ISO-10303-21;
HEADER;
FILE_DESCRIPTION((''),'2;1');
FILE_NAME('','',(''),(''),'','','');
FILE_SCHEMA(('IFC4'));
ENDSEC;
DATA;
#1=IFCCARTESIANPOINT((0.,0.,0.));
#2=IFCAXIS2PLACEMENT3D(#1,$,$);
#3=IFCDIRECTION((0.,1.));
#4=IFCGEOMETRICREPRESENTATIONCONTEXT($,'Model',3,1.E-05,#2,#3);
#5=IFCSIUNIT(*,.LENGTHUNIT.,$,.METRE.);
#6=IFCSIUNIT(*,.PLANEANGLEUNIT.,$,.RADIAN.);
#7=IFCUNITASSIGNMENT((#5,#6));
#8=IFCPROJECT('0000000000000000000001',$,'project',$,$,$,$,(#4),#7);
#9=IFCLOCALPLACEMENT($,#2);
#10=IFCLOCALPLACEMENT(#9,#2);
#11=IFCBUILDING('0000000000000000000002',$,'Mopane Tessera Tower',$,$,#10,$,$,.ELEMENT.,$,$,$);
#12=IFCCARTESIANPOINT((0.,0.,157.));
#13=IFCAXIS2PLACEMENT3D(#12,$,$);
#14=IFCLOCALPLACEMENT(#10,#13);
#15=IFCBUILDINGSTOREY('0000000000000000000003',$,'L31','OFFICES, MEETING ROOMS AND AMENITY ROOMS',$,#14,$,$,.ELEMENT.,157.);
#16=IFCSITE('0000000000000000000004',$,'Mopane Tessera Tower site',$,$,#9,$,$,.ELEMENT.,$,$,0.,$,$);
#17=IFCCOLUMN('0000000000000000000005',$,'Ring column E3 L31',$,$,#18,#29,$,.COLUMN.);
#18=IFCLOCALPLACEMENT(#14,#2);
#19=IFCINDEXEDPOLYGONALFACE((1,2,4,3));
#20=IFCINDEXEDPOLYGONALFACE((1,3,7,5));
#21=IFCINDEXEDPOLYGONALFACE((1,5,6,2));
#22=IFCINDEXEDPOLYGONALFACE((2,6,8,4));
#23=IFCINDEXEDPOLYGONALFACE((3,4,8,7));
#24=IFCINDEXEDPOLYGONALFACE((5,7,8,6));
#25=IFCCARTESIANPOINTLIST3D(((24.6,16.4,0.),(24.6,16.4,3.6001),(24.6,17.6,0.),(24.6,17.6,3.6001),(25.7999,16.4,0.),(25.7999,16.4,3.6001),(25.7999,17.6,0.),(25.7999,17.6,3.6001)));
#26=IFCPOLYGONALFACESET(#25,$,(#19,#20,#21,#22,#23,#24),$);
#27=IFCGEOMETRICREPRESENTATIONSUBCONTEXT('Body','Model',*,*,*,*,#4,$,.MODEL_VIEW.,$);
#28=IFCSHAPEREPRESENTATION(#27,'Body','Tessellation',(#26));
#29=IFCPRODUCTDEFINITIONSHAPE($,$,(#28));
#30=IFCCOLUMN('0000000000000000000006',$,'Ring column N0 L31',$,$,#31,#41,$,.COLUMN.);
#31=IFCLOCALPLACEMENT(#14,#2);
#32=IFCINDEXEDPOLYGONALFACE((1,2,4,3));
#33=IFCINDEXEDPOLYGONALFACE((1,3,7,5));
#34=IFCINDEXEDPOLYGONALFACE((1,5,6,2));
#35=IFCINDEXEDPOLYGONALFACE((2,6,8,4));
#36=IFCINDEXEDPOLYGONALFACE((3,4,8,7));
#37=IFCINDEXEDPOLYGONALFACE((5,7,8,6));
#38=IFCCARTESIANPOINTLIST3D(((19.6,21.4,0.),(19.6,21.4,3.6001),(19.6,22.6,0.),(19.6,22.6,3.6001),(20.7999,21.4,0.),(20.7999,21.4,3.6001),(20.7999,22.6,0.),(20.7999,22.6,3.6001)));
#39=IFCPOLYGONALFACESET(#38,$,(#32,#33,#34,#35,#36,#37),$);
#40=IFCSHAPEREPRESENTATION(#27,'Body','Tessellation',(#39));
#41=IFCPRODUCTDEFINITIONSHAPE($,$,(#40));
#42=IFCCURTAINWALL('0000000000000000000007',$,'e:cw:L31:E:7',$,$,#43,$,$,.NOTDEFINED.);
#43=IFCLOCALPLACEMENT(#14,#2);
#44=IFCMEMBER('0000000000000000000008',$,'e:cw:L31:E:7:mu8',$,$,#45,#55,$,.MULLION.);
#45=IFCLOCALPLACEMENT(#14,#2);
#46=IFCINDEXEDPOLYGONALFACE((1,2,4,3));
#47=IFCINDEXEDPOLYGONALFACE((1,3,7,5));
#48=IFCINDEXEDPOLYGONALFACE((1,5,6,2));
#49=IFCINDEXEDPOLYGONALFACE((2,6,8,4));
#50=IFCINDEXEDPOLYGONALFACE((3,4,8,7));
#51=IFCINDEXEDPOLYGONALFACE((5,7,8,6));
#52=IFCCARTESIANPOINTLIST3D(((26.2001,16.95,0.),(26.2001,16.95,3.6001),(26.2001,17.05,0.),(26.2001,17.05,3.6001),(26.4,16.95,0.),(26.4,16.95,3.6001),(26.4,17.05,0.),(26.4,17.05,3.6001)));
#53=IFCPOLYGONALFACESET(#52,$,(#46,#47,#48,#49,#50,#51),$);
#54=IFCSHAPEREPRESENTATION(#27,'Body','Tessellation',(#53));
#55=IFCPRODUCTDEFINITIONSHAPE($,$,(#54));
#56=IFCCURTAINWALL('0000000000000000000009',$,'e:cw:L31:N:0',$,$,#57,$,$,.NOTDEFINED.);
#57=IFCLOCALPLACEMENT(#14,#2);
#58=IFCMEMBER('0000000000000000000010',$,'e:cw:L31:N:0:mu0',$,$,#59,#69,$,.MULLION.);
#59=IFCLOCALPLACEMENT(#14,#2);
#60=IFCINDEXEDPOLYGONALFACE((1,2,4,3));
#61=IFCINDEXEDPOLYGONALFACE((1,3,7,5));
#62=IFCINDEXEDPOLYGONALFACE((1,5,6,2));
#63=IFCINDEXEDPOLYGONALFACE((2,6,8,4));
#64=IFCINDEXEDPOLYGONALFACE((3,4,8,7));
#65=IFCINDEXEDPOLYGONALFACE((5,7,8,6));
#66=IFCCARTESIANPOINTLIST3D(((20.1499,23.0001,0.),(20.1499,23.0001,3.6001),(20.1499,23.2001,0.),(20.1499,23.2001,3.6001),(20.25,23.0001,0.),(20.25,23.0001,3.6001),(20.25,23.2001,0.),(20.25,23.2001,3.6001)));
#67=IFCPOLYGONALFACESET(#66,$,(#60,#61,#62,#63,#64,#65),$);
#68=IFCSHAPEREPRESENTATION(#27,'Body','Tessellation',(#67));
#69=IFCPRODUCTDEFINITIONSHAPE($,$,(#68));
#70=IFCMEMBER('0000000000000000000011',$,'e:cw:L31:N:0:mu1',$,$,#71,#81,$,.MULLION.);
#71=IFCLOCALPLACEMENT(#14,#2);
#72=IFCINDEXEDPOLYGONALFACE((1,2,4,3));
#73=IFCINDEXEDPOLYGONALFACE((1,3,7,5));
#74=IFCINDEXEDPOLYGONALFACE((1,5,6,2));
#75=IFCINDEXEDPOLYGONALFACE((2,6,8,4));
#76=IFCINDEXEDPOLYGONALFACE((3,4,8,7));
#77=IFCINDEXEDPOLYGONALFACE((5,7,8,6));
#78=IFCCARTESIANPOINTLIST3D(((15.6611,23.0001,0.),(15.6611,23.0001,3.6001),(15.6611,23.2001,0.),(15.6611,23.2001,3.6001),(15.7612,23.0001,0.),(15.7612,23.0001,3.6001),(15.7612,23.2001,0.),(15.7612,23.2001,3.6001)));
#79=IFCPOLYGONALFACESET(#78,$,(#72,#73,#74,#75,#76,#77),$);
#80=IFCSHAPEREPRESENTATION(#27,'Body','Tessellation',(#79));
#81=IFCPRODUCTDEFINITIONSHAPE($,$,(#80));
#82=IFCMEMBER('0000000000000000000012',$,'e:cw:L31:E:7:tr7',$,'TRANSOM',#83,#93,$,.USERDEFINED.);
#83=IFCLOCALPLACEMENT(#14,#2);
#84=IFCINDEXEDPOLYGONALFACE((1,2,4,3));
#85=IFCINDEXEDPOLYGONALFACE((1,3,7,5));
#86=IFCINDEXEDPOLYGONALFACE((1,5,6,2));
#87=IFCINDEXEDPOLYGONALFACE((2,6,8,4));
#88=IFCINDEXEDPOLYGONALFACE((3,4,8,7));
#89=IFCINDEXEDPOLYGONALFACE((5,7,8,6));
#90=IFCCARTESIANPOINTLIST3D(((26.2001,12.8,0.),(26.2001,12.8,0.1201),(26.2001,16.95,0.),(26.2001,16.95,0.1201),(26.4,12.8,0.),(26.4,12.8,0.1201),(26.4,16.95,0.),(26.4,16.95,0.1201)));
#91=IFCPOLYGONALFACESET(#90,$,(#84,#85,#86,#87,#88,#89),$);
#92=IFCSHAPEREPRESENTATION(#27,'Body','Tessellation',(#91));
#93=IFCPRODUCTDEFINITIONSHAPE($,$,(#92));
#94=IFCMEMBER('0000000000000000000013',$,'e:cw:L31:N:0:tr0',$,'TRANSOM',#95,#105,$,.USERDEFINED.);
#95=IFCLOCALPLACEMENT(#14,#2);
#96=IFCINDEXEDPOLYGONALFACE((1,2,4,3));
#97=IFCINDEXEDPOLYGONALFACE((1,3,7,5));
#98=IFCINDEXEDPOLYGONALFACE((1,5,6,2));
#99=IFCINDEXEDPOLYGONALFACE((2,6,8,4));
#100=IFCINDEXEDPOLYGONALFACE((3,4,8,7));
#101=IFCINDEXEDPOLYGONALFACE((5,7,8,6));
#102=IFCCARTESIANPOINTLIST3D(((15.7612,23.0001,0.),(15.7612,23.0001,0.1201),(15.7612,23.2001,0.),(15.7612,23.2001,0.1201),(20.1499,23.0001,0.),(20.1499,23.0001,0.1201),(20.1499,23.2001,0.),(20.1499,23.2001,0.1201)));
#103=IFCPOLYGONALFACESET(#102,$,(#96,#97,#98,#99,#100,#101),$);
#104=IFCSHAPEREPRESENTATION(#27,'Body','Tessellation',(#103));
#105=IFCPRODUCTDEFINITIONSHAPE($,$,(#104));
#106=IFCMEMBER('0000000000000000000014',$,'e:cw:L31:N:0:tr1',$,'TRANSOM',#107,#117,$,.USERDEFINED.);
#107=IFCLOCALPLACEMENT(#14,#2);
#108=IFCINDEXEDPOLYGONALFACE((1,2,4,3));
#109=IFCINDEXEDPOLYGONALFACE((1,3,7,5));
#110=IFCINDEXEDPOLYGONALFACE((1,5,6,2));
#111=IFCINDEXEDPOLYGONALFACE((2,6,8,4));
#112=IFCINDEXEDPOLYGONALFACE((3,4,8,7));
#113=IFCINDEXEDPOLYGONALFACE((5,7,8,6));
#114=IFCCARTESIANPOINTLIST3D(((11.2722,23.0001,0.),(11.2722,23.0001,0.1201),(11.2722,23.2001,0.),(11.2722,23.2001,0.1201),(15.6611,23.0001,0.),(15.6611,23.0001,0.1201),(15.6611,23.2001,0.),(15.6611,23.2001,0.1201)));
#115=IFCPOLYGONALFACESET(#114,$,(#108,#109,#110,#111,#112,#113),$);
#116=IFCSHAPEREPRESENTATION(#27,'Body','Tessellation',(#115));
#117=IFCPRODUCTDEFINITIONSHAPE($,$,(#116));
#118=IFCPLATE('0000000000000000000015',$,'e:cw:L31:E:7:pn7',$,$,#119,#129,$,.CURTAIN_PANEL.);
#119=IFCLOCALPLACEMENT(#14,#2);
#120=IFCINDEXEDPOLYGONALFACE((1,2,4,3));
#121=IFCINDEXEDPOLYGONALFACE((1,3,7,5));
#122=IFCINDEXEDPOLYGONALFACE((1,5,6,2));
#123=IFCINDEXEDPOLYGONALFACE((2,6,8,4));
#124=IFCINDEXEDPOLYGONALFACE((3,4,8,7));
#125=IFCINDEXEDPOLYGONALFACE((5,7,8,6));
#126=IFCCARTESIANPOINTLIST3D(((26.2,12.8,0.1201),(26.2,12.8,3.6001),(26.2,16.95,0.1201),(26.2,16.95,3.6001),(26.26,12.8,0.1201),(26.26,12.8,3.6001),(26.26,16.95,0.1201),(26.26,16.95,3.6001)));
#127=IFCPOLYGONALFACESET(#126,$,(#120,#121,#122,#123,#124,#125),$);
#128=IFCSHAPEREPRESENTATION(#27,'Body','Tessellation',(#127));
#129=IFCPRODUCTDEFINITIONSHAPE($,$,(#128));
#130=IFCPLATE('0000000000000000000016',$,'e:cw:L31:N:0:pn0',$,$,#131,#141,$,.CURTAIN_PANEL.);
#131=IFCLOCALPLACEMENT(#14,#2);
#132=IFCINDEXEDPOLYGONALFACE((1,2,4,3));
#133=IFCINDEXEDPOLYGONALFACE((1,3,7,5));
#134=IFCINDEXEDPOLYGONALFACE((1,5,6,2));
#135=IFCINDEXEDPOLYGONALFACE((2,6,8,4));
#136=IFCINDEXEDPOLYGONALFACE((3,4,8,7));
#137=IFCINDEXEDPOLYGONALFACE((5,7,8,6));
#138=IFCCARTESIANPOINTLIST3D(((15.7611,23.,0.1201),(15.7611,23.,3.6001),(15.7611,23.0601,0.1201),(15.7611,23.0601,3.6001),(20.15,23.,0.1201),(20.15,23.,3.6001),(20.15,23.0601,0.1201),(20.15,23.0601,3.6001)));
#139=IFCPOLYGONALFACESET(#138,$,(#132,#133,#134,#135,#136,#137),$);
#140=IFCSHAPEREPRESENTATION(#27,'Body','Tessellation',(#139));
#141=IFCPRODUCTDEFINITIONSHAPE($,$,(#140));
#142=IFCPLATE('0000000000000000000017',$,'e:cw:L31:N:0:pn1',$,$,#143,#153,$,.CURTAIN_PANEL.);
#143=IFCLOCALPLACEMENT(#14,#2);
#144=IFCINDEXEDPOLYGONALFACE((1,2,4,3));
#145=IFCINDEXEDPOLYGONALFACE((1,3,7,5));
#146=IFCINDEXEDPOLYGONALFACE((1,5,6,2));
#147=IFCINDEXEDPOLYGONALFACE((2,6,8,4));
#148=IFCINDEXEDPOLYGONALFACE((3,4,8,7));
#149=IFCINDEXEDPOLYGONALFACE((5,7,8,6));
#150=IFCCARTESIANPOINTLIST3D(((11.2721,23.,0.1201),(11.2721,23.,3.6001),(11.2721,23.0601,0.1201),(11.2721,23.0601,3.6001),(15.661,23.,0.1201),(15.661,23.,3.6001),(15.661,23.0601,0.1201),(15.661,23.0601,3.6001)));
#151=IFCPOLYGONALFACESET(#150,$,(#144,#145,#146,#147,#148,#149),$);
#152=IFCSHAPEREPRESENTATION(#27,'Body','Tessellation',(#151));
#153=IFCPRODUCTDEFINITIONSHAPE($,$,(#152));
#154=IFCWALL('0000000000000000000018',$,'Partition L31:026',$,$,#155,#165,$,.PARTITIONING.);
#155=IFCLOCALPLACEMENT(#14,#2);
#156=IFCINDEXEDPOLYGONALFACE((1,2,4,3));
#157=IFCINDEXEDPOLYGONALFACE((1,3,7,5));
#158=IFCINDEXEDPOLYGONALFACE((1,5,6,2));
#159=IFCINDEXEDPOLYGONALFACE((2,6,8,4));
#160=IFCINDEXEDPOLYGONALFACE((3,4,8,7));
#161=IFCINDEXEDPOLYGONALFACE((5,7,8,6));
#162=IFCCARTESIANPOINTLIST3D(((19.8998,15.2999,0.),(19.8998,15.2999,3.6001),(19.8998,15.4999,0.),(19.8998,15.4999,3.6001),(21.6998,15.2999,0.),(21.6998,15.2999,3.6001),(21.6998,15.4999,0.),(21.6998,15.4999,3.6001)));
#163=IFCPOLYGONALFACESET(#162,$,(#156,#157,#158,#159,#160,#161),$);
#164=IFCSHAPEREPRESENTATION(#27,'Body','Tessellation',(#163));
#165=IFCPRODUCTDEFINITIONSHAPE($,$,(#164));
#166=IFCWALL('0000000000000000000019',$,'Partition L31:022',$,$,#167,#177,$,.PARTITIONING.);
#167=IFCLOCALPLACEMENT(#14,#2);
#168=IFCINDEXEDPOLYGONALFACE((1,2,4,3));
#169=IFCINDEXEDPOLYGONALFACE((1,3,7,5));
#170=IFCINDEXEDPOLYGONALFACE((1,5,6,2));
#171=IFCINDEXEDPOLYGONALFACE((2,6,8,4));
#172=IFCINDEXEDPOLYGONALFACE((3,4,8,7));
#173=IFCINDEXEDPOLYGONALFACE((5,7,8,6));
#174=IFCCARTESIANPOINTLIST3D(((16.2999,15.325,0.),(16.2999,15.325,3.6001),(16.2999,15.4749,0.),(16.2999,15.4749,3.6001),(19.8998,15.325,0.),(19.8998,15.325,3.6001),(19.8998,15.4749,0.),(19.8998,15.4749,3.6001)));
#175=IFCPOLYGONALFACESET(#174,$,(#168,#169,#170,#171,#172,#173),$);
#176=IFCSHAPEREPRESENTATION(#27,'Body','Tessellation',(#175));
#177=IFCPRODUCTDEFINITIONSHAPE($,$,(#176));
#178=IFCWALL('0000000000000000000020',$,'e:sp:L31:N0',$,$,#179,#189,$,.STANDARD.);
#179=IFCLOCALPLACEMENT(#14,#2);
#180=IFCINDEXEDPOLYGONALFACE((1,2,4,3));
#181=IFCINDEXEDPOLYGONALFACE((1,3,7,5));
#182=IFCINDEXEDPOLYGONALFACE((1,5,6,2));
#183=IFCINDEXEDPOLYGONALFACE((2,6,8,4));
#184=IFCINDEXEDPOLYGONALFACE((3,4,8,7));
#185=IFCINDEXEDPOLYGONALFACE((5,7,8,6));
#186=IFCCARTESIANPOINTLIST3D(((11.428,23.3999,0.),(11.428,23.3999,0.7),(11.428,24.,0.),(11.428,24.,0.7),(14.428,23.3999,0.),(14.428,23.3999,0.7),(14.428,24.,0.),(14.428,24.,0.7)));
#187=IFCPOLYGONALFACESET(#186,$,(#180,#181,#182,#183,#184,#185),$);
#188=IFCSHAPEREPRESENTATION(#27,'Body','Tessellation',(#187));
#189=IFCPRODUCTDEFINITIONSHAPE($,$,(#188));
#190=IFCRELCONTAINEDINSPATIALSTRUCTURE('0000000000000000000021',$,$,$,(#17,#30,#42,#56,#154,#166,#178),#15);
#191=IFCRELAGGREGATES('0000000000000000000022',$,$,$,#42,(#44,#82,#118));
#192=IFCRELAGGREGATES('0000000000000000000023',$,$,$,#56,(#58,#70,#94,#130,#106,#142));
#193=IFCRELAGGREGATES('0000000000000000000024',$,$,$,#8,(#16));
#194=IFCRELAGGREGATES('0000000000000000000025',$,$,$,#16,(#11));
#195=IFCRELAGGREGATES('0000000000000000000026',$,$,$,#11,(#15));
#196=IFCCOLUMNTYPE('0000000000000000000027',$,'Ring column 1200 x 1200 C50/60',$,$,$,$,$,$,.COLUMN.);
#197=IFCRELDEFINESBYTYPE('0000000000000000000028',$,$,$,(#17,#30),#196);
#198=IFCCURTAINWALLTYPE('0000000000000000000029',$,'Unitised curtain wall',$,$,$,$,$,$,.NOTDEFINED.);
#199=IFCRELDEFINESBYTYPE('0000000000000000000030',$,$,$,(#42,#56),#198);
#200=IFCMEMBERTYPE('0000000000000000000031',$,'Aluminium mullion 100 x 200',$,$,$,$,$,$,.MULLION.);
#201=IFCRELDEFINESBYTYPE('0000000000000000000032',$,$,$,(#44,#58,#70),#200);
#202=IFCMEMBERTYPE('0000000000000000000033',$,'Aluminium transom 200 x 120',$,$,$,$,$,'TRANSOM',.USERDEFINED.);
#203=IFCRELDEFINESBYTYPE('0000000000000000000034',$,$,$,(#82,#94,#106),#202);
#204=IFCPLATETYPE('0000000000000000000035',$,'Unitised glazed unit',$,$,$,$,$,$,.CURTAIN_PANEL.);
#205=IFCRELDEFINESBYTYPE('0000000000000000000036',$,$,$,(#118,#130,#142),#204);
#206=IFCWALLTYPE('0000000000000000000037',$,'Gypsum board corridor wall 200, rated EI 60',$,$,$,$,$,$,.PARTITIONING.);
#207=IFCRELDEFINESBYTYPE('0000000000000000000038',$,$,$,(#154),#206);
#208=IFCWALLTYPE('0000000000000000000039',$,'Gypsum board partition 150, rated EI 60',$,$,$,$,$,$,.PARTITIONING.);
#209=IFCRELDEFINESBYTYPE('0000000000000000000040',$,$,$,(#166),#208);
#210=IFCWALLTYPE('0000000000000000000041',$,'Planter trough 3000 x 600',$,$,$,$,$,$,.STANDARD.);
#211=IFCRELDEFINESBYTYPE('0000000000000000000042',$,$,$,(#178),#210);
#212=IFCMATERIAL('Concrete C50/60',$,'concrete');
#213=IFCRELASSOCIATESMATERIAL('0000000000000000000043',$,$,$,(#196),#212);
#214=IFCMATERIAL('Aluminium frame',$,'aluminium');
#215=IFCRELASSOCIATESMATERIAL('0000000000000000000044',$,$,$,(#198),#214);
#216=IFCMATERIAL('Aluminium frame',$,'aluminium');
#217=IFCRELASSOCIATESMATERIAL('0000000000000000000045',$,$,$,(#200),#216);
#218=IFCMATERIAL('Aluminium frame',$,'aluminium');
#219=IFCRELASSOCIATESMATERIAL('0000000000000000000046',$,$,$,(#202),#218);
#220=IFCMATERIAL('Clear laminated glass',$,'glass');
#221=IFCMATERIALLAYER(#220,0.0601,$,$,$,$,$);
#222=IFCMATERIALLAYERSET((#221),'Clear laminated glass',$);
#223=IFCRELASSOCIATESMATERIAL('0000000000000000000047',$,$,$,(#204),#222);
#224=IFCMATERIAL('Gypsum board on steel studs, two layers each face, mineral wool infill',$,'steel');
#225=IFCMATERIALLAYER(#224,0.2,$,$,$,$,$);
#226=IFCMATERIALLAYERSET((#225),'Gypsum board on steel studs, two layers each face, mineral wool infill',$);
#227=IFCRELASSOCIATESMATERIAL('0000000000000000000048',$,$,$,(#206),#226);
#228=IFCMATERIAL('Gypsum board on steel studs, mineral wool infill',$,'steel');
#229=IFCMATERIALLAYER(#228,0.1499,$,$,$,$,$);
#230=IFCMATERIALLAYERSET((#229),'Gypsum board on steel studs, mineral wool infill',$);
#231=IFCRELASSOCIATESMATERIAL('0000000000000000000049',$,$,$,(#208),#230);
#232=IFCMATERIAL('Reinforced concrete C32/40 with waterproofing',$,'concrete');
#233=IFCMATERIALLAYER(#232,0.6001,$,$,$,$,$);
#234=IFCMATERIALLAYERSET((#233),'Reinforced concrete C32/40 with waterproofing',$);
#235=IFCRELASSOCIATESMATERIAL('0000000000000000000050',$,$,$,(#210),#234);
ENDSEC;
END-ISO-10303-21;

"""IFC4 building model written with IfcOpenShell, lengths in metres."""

from ifc_helpers import new_model, si_unit, direction, frame, frame_2d, origin, origin_2d, place, context, subcontext, project, spatial, rectangle, extrude, material, layer, layer_set, material_profile, profile_set, type_object, element, aggregate, save


model = new_model("IFC4")

# Units and contexts
model_context = context("Model", 3, precision=1e-05, world=origin(), true_north=direction((0.0, 1.0)))
body_context = subcontext(model_context, "Body", "Model", "MODEL_VIEW")
ifc_project = project(units=[si_unit("LENGTHUNIT", "METRE"), si_unit("PLANEANGLEUNIT", "RADIAN")], contexts=[model_context])

# Site, building, storey
site_placement = place(None, origin())
site = spatial("IfcSite", under=ifc_project, at=site_placement, Name="Mopane Tessera Tower site", CompositionType="ELEMENT", RefElevation=0.0)
building_placement = place(site_placement, origin())
building = spatial("IfcBuilding", under=site, at=building_placement, Name="Mopane Tessera Tower", CompositionType="ELEMENT")
storey_placement = place(building_placement, frame((0.0, 0.0, 157.0)))
storey = spatial("IfcBuildingStorey", under=building, at=storey_placement, Name="L31", Description="OFFICES, MEETING ROOMS AND AMENITY ROOMS", CompositionType="ELEMENT", Elevation=157.0)

# Columns
ifc_material_1 = material(Name="Concrete C50/60", Category="concrete")
ifc_material_profile_1 = material_profile(ifc_material_1, rectangle(XDim=1.2, YDim=1.2, at=origin_2d()))
ifc_profile_set_1 = profile_set([ifc_material_profile_1], Name="Concrete C50/60")
column_type = type_object("IfcColumnType", Name="Ring column 1200 x 1200 C50/60", PredefinedType="COLUMN", material=ifc_profile_set_1)
for number, where, z_axis, x_axis, name in (
    (1, (25.2, 17.0, 0.0), (0.0, 0.0, 1.0), (1.0, 0.0, 0.0), "Ring column E3 L31"),
    (2, (20.2, 22.0, 0.0), (0.0, 0.0, 1.0), (1.0, 0.0, 0.0), "Ring column N0 L31"),
):
    element("IfcColumn", number, at=place(storey_placement, frame(where, z_axis=z_axis, x_axis=x_axis)), inside=storey, type_object=column_type, Name=name, PredefinedType="COLUMN", context=body_context, shape_type="SweptSolid", body=[
        extrude(rectangle(XDim=1.2, YDim=1.2, at=origin_2d()), origin(), (0.0, 0.0, 1.0), 3.6001),
    ])

# Curtain wall, member
ifc_material_2 = material(Name="Aluminium frame", Category="aluminium")
curtain_wall_type = type_object("IfcCurtainWallType", Name="Unitised curtain wall", PredefinedType="NOTDEFINED", material=ifc_material_2)
curtain_wall_1_placement = place(storey_placement, origin())
curtain_wall_1 = element("IfcCurtainWall", 3, at=curtain_wall_1_placement, inside=storey, type_object=curtain_wall_type, Name="e:cw:L31:E:7", PredefinedType="NOTDEFINED")
ifc_material_3 = material(Name="Aluminium frame", Category="aluminium")
ifc_material_profile_2 = material_profile(ifc_material_3, rectangle(XDim=0.1001, YDim=0.2, at=origin_2d()))
ifc_profile_set_2 = profile_set([ifc_material_profile_2], Name="Aluminium frame")
member_type_1 = type_object("IfcMemberType", Name="Aluminium mullion 100 x 200", PredefinedType="MULLION", material=ifc_profile_set_2)
member_1_placement = place(storey_placement, frame((26.3, 17.0, 0.0), z_axis=(0.0, 0.0, 1.0), x_axis=(0.0, 1.0, 0.0)))
member_1 = element("IfcMember", 4, at=member_1_placement, type_object=member_type_1, Name="e:cw:L31:E:7:mu8", PredefinedType="MULLION", context=body_context, shape_type="SweptSolid", body=[
    extrude(rectangle(XDim=0.1001, YDim=0.2, at=origin_2d()), origin(), (0.0, 0.0, 1.0), 3.6001),
])

# Curtain wall, members
curtain_wall_2_placement = place(storey_placement, origin())
curtain_wall_2 = element("IfcCurtainWall", 5, at=curtain_wall_2_placement, inside=storey, type_object=curtain_wall_type, Name="e:cw:L31:N:0", PredefinedType="NOTDEFINED")
member_2_placement = place(storey_placement, frame((20.2, 23.1001, 0.0), z_axis=(0.0, 0.0, 1.0), x_axis=(-1.0, 0.0, 0.0)))
member_2 = element("IfcMember", 6, at=member_2_placement, type_object=member_type_1, Name="e:cw:L31:N:0:mu0", PredefinedType="MULLION", context=body_context, shape_type="SweptSolid", body=[
    extrude(rectangle(XDim=0.1001, YDim=0.2, at=origin_2d()), origin(), (0.0, 0.0, 1.0), 3.6001),
])
member_3_placement = place(storey_placement, frame((15.7112, 23.1001, 0.0), z_axis=(0.0, 0.0, 1.0), x_axis=(-1.0, 0.0, 0.0)))
member_3 = element("IfcMember", 7, at=member_3_placement, type_object=member_type_1, Name="e:cw:L31:N:0:mu1", PredefinedType="MULLION", context=body_context, shape_type="SweptSolid", body=[
    extrude(rectangle(XDim=0.1001, YDim=0.2, at=origin_2d()), origin(), (0.0, 0.0, 1.0), 3.6001),
])

# Members
ifc_material_4 = material(Name="Aluminium frame", Category="aluminium")
ifc_material_profile_3 = material_profile(ifc_material_4, rectangle(XDim=0.2, YDim=0.1201, at=origin_2d()))
ifc_profile_set_3 = profile_set([ifc_material_profile_3], Name="Aluminium frame")
member_type_2 = type_object("IfcMemberType", Name="Aluminium transom 200 x 120", ElementType="TRANSOM", PredefinedType="USERDEFINED", material=ifc_profile_set_3)
member_4_placement = place(storey_placement, frame((26.3, 12.8, 0.0601), z_axis=(0.0, 1.0, 0.0), x_axis=(-1.0, 0.0, 0.0)))
member_4 = element("IfcMember", 8, at=member_4_placement, type_object=member_type_2, Name="e:cw:L31:E:7:tr7", ObjectType="TRANSOM", PredefinedType="USERDEFINED", context=body_context, shape_type="SweptSolid", body=[
    extrude(rectangle(XDim=0.2, YDim=0.1201, at=origin_2d()), origin(), (0.0, 0.0, 1.0), 4.1499),
])
member_5_placement = place(storey_placement, frame((20.1499, 23.1001, 0.0601), z_axis=(-1.0, 0.0, 0.0), x_axis=(0.0, -1.0, 0.0)))
member_5 = element("IfcMember", 9, at=member_5_placement, type_object=member_type_2, Name="e:cw:L31:N:0:tr0", ObjectType="TRANSOM", PredefinedType="USERDEFINED", context=body_context, shape_type="SweptSolid", body=[
    extrude(rectangle(XDim=0.2, YDim=0.1201, at=origin_2d()), origin(), (0.0, 0.0, 1.0), 4.3887),
])
member_6_placement = place(storey_placement, frame((15.6611, 23.1001, 0.0601), z_axis=(-1.0, 0.0, 0.0), x_axis=(0.0, -1.0, 0.0)))
member_6 = element("IfcMember", 10, at=member_6_placement, type_object=member_type_2, Name="e:cw:L31:N:0:tr1", ObjectType="TRANSOM", PredefinedType="USERDEFINED", context=body_context, shape_type="SweptSolid", body=[
    extrude(rectangle(XDim=0.2, YDim=0.1201, at=origin_2d()), origin(), (0.0, 0.0, 1.0), 4.3889),
])

# Plates
ifc_material_5 = material(Name="Clear laminated glass", Category="glass")
ifc_layer_1 = layer(ifc_material_5, 0.0601)
ifc_layer_set_1 = layer_set([ifc_layer_1], Name="Clear laminated glass")
plate_type = type_object("IfcPlateType", Name="Unitised glazed unit", PredefinedType="CURTAIN_PANEL", material=ifc_layer_set_1)
plate_1_placement = place(storey_placement, frame((26.23, 14.875, 0.1201), z_axis=(0.0, 0.0, 1.0), x_axis=(0.0, 1.0, 0.0)))
plate_1 = element("IfcPlate", 11, at=plate_1_placement, type_object=plate_type, Name="e:cw:L31:E:7:pn7", PredefinedType="CURTAIN_PANEL", context=body_context, shape_type="SweptSolid", body=[
    extrude(rectangle(XDim=4.1499, YDim=0.0601, at=origin_2d()), origin(), (0.0, 0.0, 1.0), 3.48),
])
aggregate(curtain_wall_1, [member_1, member_4, plate_1])
plate_2_placement = place(storey_placement, frame((17.9556, 23.03, 0.1201), z_axis=(0.0, 0.0, 1.0), x_axis=(-1.0, 0.0, 0.0)))
plate_2 = element("IfcPlate", 12, at=plate_2_placement, type_object=plate_type, Name="e:cw:L31:N:0:pn0", PredefinedType="CURTAIN_PANEL", context=body_context, shape_type="SweptSolid", body=[
    extrude(rectangle(XDim=4.3889, YDim=0.0601, at=origin_2d()), origin(), (0.0, 0.0, 1.0), 3.48),
])
plate_3_placement = place(storey_placement, frame((13.4666, 23.03, 0.1201), z_axis=(0.0, 0.0, 1.0), x_axis=(-1.0, 0.0, 0.0)))
plate_3 = element("IfcPlate", 13, at=plate_3_placement, type_object=plate_type, Name="e:cw:L31:N:0:pn1", PredefinedType="CURTAIN_PANEL", context=body_context, shape_type="SweptSolid", body=[
    extrude(rectangle(XDim=4.3889, YDim=0.0601, at=origin_2d()), origin(), (0.0, 0.0, 1.0), 3.48),
])
aggregate(curtain_wall_2, [member_2, member_3, member_5, plate_2, member_6, plate_3])

# Walls
ifc_material_6 = material(Name="Gypsum board on steel studs, two layers each face, mineral wool infill", Category="steel")
ifc_layer_2 = layer(ifc_material_6, 0.2)
ifc_layer_set_2 = layer_set([ifc_layer_2], Name="Gypsum board on steel studs, two layers each face, mineral wool infill")
wall_type_1 = type_object("IfcWallType", Name="Gypsum board corridor wall 200, rated EI 60", PredefinedType="PARTITIONING", material=ifc_layer_set_2)
wall_1_placement = place(storey_placement, frame((19.8999, 15.3999, 0.0), z_axis=(0.0, 0.0, 1.0), x_axis=(1.0, 0.0, 0.0)))
element("IfcWall", 14, at=wall_1_placement, inside=storey, type_object=wall_type_1, Name="Partition L31:026", PredefinedType="PARTITIONING", context=body_context, shape_type="SweptSolid", body=[
    extrude(rectangle(XDim=1.8, YDim=0.2, at=frame_2d((0.8999, 0.0))), origin(), (0.0, 0.0, 1.0), 3.6001),
])
ifc_material_7 = material(Name="Gypsum board on steel studs, mineral wool infill", Category="steel")
ifc_layer_3 = layer(ifc_material_7, 0.1499)
ifc_layer_set_3 = layer_set([ifc_layer_3], Name="Gypsum board on steel studs, mineral wool infill")
wall_type_2 = type_object("IfcWallType", Name="Gypsum board partition 150, rated EI 60", PredefinedType="PARTITIONING", material=ifc_layer_set_3)
wall_2_placement = place(storey_placement, frame((16.3, 15.3999, 0.0), z_axis=(0.0, 0.0, 1.0), x_axis=(1.0, 0.0, 0.0)))
element("IfcWall", 15, at=wall_2_placement, inside=storey, type_object=wall_type_2, Name="Partition L31:022", PredefinedType="PARTITIONING", context=body_context, shape_type="SweptSolid", body=[
    extrude(rectangle(XDim=3.5999, YDim=0.1499, at=frame_2d((1.7998, 0.0))), origin(), (0.0, 0.0, 1.0), 3.6001),
])
ifc_material_8 = material(Name="Reinforced concrete C32/40 with waterproofing", Category="concrete")
ifc_layer_4 = layer(ifc_material_8, 0.6001)
ifc_layer_set_4 = layer_set([ifc_layer_4], Name="Reinforced concrete C32/40 with waterproofing")
wall_type_3 = type_object("IfcWallType", Name="Planter trough 3000 x 600", PredefinedType="STANDARD", material=ifc_layer_set_4)
wall_3_placement = place(storey_placement, frame((14.428, 23.7, 0.0), z_axis=(0.0, 0.0, 1.0), x_axis=(-1.0, 0.0, 0.0)))
element("IfcWall", 16, at=wall_3_placement, inside=storey, type_object=wall_type_3, Name="e:sp:L31:N0", PredefinedType="STANDARD", context=body_context, shape_type="SweptSolid", body=[
    extrude(rectangle(XDim=3.0, YDim=0.6001, at=frame_2d((1.5, 0.0))), origin(), (0.0, 0.0, 1.0), 0.7),
])

save(model, "model.ifc")
